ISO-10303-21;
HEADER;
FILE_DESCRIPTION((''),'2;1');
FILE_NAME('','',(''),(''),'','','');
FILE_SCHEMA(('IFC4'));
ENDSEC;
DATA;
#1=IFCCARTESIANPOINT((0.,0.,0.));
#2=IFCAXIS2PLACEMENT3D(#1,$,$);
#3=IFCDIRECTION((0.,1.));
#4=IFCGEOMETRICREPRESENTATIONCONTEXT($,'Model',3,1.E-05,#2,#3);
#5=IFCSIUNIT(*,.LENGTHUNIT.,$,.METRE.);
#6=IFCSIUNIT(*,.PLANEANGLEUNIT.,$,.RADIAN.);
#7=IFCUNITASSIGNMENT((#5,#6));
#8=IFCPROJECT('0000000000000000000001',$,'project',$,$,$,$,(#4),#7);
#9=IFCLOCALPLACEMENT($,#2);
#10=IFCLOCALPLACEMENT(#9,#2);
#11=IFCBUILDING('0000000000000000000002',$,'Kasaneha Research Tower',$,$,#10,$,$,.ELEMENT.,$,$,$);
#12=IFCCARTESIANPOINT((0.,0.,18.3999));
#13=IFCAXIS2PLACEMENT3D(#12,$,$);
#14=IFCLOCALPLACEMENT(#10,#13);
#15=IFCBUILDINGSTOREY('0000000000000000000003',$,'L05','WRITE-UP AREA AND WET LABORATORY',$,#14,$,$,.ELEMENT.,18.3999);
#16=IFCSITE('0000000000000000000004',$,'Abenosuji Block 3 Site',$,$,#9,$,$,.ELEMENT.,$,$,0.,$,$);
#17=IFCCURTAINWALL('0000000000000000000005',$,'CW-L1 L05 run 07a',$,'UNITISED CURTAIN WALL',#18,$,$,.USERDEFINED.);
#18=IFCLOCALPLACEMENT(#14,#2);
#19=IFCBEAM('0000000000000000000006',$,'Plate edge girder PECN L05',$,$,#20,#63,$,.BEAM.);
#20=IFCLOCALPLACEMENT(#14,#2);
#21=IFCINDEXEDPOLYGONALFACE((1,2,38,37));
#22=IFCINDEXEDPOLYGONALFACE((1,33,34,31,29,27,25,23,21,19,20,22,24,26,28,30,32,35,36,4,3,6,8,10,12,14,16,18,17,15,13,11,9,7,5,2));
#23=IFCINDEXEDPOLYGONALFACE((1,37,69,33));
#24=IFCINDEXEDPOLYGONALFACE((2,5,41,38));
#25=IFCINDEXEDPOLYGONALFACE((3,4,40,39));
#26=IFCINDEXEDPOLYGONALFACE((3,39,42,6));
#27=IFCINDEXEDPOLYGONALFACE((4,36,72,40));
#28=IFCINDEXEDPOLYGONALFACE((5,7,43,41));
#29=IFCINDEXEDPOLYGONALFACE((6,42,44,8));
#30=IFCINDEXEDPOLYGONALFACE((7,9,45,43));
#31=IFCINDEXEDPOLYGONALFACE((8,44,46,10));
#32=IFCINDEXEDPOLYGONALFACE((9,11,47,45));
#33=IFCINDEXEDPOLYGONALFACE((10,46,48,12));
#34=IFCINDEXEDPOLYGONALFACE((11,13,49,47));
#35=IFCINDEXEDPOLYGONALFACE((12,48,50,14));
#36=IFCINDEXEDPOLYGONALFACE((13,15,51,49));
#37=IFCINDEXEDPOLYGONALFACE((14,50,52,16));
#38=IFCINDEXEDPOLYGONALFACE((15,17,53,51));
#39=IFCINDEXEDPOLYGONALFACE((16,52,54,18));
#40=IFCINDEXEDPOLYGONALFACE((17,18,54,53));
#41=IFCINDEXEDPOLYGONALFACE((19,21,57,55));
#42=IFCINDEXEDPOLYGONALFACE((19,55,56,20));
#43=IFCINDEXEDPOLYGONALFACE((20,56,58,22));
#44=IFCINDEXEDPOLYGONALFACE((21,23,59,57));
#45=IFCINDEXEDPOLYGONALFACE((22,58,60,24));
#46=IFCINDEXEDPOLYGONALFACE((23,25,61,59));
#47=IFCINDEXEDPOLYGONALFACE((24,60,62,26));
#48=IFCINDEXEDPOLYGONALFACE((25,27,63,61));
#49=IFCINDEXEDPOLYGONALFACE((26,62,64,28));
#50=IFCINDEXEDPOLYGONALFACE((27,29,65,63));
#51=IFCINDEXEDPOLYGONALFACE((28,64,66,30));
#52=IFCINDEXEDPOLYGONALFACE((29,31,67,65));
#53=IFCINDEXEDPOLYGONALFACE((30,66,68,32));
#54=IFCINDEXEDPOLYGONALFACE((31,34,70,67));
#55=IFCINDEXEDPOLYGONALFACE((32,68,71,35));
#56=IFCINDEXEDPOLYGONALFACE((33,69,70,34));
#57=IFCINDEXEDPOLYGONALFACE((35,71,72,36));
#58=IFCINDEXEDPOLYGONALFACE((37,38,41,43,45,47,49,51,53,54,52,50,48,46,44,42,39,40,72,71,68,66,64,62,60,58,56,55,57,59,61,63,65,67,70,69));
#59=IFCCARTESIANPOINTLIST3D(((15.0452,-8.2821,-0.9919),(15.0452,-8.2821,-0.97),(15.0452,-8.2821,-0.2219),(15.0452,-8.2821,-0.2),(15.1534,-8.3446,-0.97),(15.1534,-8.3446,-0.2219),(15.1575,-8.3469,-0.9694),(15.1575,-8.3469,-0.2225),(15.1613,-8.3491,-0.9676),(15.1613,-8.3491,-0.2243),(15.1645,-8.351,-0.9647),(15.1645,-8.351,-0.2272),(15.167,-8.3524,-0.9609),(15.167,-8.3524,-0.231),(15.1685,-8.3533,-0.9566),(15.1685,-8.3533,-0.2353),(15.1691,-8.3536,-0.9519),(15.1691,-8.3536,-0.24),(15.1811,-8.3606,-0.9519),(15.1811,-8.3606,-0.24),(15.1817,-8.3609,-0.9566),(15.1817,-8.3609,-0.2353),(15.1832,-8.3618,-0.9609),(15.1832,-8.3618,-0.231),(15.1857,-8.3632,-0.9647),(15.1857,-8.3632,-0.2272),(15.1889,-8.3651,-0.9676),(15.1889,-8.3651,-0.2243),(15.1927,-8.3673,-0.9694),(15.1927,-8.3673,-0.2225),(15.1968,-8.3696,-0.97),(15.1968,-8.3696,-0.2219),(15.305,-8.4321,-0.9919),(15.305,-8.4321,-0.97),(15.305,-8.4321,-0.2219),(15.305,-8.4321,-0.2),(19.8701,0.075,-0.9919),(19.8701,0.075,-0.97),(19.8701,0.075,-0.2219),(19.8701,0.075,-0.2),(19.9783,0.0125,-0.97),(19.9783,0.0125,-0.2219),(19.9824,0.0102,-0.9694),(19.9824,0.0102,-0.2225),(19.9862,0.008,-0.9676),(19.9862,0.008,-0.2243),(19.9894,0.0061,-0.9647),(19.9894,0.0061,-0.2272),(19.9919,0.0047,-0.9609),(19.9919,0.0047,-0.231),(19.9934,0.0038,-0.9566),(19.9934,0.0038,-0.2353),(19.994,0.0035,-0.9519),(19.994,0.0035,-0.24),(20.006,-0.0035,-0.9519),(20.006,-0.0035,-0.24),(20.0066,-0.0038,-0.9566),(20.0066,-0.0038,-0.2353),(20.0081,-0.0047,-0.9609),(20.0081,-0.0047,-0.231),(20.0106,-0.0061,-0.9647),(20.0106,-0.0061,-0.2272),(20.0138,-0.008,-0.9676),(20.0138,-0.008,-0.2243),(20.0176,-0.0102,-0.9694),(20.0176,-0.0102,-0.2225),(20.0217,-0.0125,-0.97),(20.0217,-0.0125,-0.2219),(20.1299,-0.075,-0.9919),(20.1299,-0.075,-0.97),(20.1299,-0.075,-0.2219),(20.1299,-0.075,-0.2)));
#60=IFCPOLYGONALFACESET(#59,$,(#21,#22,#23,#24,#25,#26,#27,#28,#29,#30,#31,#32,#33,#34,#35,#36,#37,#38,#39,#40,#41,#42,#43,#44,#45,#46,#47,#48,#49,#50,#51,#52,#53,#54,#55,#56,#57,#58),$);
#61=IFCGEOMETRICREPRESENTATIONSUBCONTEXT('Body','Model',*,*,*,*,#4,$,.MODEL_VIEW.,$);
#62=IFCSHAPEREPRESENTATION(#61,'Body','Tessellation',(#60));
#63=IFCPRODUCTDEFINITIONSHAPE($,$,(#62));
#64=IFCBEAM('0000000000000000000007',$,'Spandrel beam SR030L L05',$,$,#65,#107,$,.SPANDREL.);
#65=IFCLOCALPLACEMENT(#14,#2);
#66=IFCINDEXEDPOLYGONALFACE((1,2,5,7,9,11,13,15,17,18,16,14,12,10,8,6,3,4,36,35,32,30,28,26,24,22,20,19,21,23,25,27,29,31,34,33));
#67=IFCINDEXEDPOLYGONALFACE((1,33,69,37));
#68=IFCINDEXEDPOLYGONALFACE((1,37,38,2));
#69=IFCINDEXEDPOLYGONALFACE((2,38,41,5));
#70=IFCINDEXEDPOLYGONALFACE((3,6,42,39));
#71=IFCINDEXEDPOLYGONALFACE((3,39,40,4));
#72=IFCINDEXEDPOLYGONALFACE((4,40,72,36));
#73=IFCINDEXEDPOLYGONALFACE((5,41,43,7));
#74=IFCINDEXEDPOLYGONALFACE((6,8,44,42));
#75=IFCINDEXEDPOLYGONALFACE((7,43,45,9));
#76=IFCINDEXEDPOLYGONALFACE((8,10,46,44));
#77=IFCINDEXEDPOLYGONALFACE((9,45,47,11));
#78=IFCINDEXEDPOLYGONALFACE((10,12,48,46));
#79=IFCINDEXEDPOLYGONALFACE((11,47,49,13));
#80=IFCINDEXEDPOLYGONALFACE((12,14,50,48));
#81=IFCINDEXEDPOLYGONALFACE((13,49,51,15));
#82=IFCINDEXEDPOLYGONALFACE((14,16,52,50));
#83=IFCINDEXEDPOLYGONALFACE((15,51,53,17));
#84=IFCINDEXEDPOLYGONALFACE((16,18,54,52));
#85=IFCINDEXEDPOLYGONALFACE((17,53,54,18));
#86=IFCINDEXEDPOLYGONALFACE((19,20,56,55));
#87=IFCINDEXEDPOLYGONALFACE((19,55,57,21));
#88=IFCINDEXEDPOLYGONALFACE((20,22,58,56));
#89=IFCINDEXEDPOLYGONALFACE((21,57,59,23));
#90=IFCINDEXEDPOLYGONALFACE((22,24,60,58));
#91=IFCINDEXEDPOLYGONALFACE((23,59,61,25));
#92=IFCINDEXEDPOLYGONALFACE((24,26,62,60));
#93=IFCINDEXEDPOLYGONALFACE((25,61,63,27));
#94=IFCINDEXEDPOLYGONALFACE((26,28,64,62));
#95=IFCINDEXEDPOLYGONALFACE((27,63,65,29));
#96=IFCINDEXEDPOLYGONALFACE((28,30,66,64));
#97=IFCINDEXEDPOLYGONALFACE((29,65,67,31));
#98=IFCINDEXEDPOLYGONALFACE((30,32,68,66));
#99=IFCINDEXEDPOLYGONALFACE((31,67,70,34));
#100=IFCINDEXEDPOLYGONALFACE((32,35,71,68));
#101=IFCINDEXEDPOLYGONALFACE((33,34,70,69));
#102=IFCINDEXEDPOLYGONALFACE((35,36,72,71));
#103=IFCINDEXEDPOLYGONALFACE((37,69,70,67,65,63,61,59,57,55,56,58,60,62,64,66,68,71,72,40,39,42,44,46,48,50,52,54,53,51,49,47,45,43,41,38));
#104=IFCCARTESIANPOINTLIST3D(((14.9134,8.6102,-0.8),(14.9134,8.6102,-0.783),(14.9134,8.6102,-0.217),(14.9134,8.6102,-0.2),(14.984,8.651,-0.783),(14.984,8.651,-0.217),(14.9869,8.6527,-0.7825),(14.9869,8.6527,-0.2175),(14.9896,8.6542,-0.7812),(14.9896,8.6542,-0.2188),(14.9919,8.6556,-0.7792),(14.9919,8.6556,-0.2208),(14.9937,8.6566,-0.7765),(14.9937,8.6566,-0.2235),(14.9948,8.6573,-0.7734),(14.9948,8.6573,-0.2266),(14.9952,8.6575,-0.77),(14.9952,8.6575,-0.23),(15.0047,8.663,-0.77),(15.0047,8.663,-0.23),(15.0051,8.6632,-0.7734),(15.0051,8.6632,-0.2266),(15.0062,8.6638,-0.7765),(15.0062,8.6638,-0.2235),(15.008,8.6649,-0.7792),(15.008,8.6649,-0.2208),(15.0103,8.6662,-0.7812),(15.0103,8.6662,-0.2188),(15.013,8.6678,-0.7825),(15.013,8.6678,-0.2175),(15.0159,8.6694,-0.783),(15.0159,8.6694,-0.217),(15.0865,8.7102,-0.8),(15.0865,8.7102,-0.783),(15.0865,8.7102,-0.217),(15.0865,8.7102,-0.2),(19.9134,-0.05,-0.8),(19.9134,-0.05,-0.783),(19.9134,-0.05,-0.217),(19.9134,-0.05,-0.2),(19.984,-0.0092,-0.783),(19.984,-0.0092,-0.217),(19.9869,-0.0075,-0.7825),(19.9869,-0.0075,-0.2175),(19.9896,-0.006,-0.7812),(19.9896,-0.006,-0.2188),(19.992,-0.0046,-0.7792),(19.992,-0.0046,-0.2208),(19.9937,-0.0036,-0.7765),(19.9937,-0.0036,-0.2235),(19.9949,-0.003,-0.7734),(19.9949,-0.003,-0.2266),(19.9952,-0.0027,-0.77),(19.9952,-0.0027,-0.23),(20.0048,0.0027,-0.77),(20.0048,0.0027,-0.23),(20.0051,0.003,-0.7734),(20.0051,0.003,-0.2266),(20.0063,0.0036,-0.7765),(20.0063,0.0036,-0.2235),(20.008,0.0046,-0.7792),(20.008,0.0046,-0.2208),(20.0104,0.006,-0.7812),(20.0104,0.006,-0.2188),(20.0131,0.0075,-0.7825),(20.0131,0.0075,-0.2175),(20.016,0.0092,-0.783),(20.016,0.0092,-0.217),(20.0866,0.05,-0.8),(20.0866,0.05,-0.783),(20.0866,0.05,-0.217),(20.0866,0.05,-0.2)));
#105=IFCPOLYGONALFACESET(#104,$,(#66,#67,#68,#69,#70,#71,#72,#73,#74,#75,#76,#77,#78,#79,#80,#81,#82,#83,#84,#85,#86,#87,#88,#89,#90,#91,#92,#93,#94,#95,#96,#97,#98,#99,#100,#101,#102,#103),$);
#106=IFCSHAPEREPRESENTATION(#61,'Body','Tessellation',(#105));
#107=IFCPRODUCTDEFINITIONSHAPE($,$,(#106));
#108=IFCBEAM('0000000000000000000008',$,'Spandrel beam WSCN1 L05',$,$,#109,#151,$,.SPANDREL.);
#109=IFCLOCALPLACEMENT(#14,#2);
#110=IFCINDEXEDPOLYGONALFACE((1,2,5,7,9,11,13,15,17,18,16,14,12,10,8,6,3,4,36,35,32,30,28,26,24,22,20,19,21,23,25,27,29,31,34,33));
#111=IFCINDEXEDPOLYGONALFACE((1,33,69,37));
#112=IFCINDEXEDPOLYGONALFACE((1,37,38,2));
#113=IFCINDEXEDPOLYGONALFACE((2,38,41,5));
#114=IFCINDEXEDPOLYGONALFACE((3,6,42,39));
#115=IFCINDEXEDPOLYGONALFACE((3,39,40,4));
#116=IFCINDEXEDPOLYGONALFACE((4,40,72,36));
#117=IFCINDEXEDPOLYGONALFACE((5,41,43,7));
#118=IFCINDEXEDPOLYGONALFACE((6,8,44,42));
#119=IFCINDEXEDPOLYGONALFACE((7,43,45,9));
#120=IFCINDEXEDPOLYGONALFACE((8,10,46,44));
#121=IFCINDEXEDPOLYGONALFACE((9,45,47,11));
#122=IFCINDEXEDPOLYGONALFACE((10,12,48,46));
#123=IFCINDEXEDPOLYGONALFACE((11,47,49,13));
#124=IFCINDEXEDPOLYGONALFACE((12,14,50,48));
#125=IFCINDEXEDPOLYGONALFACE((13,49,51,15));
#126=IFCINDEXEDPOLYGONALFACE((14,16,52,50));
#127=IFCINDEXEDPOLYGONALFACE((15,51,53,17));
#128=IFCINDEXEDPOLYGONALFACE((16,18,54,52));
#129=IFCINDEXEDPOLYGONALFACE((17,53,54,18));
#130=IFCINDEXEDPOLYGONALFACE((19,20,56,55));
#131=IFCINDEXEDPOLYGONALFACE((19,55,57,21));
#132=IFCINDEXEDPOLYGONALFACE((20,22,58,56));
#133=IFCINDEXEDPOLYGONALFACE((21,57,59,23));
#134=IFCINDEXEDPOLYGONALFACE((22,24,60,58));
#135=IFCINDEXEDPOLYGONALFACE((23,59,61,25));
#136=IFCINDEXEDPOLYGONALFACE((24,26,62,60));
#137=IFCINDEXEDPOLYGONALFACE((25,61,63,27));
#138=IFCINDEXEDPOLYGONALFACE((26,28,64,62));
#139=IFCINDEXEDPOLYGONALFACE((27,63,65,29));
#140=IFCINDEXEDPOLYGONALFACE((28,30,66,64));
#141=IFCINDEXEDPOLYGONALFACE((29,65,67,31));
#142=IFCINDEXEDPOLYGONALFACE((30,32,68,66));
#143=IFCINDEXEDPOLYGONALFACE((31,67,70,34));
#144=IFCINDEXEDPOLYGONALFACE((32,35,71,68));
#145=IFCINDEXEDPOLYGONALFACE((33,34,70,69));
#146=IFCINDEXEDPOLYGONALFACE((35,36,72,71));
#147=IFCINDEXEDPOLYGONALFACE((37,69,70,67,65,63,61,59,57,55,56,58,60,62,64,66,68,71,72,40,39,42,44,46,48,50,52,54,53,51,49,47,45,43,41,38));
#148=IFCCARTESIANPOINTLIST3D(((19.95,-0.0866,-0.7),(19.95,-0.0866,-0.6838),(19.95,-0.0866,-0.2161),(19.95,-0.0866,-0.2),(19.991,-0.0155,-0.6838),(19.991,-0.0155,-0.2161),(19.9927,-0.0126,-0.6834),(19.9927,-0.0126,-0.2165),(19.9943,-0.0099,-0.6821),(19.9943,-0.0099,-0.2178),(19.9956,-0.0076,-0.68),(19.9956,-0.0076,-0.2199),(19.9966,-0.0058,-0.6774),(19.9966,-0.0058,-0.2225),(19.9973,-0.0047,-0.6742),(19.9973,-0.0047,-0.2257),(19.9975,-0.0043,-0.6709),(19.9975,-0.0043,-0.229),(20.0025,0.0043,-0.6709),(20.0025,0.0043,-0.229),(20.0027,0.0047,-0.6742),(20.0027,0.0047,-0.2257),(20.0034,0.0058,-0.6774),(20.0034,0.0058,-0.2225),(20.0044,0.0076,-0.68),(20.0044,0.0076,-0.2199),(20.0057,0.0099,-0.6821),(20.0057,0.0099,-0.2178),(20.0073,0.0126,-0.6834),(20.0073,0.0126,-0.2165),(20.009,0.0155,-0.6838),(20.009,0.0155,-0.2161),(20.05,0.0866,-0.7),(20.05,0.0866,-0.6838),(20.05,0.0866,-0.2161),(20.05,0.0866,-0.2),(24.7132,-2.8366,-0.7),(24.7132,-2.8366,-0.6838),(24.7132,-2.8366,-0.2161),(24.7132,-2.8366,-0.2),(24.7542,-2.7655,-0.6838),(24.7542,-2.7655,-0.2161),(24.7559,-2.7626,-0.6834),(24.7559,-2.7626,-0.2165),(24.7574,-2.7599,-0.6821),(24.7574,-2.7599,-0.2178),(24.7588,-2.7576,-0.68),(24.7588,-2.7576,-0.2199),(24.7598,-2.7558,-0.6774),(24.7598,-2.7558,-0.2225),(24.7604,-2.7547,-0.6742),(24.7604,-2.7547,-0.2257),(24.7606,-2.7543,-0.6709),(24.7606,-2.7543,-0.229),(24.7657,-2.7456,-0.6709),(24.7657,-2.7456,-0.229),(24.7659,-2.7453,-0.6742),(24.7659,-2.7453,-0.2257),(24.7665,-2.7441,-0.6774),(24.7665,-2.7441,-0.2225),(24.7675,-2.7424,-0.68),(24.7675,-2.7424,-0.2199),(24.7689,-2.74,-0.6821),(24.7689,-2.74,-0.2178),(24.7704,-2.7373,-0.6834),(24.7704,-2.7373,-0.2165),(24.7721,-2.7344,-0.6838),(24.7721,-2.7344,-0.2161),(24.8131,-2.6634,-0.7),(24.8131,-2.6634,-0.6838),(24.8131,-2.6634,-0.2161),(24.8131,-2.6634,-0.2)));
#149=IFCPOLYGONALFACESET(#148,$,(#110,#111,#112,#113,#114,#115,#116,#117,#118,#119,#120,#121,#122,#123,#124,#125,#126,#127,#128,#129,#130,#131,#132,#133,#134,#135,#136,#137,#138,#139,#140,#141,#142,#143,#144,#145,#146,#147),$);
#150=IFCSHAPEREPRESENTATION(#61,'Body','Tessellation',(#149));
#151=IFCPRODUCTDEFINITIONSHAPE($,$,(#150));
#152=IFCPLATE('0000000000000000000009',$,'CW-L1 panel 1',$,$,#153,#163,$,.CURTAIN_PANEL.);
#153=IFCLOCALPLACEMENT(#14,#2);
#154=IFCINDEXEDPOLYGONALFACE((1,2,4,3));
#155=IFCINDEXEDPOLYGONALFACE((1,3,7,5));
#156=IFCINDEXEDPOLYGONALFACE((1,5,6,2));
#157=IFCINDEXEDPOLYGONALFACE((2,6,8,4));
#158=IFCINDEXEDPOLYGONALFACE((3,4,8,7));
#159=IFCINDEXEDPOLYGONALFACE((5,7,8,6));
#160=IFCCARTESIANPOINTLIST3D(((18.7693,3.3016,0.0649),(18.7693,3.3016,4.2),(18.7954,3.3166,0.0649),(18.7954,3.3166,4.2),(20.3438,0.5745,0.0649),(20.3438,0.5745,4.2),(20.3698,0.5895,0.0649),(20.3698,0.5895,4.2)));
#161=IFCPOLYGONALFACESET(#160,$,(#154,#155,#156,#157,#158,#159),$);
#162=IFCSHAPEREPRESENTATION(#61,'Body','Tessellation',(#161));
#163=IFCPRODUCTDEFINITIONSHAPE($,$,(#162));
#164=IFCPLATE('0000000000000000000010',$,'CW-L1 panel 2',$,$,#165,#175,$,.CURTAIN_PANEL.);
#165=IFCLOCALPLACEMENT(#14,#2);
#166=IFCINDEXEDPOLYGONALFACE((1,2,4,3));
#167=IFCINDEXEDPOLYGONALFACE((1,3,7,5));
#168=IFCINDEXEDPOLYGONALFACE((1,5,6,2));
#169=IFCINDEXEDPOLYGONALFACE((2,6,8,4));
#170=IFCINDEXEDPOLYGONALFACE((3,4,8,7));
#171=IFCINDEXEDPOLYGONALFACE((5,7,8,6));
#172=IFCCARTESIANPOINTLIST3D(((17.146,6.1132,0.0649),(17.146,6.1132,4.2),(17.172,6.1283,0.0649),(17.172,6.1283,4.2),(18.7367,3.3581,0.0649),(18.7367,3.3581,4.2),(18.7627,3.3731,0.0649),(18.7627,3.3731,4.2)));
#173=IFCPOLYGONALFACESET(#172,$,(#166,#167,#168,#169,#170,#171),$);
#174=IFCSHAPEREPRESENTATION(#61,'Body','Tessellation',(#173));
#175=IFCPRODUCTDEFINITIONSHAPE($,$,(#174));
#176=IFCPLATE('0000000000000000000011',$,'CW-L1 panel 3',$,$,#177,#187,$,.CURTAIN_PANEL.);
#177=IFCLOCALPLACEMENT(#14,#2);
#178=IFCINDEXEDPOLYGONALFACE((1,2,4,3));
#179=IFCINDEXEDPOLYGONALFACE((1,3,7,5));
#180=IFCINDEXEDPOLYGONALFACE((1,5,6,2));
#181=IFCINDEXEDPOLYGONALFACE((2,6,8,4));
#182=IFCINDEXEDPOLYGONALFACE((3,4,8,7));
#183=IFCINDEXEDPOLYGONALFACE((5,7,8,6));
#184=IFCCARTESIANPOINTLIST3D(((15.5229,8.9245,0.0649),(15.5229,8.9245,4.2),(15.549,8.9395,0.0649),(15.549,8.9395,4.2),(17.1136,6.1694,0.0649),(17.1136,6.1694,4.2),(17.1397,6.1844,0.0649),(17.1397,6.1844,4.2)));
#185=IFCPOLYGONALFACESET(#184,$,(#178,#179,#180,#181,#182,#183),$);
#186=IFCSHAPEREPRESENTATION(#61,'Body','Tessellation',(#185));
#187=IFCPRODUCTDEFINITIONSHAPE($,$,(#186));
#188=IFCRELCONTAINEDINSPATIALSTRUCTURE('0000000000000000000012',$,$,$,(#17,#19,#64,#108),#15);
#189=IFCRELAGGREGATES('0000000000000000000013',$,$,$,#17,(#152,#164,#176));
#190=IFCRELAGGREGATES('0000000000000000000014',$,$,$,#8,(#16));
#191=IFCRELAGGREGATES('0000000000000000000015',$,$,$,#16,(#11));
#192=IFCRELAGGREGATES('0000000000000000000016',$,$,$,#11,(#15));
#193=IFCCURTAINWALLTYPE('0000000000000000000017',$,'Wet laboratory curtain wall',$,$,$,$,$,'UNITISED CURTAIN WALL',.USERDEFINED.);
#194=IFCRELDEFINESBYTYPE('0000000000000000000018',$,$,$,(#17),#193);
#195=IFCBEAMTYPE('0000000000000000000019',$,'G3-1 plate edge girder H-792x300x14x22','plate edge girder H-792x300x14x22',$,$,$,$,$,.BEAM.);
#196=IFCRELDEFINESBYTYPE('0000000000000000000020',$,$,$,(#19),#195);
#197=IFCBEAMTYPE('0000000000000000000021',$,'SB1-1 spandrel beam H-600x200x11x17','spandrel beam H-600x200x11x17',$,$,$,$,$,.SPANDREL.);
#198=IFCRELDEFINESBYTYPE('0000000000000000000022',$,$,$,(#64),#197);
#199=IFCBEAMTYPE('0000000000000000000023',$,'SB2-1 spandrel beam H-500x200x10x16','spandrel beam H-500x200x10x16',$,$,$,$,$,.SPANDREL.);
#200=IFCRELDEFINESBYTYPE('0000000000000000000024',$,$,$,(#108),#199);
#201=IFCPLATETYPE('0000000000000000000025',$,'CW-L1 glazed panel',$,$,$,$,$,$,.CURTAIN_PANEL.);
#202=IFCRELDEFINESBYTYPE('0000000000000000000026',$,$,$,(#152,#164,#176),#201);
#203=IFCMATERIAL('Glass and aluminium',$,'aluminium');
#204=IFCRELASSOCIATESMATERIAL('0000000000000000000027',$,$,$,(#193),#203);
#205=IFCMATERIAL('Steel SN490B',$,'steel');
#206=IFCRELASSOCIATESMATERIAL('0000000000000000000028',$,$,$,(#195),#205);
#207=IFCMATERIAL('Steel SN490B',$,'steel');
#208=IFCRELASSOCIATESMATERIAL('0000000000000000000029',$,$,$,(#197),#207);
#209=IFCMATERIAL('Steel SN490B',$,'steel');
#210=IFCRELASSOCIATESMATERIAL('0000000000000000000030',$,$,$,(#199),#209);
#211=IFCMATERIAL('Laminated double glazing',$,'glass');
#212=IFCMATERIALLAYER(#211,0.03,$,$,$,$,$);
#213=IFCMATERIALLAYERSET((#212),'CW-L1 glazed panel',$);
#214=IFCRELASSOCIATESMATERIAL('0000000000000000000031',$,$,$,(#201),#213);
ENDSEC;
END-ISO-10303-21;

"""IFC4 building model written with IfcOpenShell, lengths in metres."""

from ifc_helpers import new_model, si_unit, direction, frame, origin, origin_2d, place, context, subcontext, project, spatial, rectangle, i_section, extrude, material, layer, layer_set, material_profile, profile_set, type_object, element, aggregate, save


model = new_model("IFC4")

# Units and contexts
model_context = context("Model", 3, precision=1e-05, world=origin(), true_north=direction((0.0, 1.0)))
body_context = subcontext(model_context, "Body", "Model", "MODEL_VIEW")
ifc_project = project(units=[si_unit("LENGTHUNIT", "METRE"), si_unit("PLANEANGLEUNIT", "RADIAN")], contexts=[model_context])

# Site, building, storey
site_placement = place(None, origin())
site = spatial("IfcSite", under=ifc_project, at=site_placement, Name="Abenosuji Block 3 Site", CompositionType="ELEMENT", RefElevation=0.0)
building_placement = place(site_placement, origin())
building = spatial("IfcBuilding", under=site, at=building_placement, Name="Kasaneha Research Tower", CompositionType="ELEMENT")
storey_placement = place(building_placement, frame((0.0, 0.0, 18.3999)))
storey = spatial("IfcBuildingStorey", under=building, at=storey_placement, Name="L05", Description="WRITE-UP AREA AND WET LABORATORY", CompositionType="ELEMENT", Elevation=18.3999)

# Shared definitions
ifc_material_1 = material(Name="Glass and aluminium", Category="aluminium")
curtain_wall_type = type_object("IfcCurtainWallType", Name="Wet laboratory curtain wall", ElementType="UNITISED CURTAIN WALL", PredefinedType="USERDEFINED", material=ifc_material_1)

# Curtain wall
curtain_wall_1_placement = place(storey_placement, origin())
curtain_wall_1 = element("IfcCurtainWall", 1, at=curtain_wall_1_placement, inside=storey, type_object=curtain_wall_type, Name="CW-L1 L05 run 07a", ObjectType="UNITISED CURTAIN WALL", PredefinedType="USERDEFINED")

# Beams
ifc_material_2 = material(Name="Steel SN490B", Category="steel")
ifc_material_profile_1 = material_profile(ifc_material_2, i_section(OverallWidth=0.3, OverallDepth=0.792, WebThickness=0.0139, FlangeThickness=0.022, FilletRadius=0.0181, at=origin_2d()), Name="H-792x300x14x22")
ifc_profile_set_1 = profile_set([ifc_material_profile_1], Name="Steel SN490B")
beam_type_1 = type_object("IfcBeamType", Name="G3-1 plate edge girder H-792x300x14x22", Description="plate edge girder H-792x300x14x22", PredefinedType="BEAM", material=ifc_profile_set_1)
beam_1_placement = place(storey_placement, frame((20.0, 0.0, -0.5959), z_axis=(-0.499995, -0.866028, 0.0), x_axis=(0.866028, -0.499995, 0.0)))
element("IfcBeam", 2, at=beam_1_placement, inside=storey, type_object=beam_type_1, Name="Plate edge girder PECN L05", PredefinedType="BEAM", context=body_context, shape_type="SweptSolid", body=[
    extrude(i_section(OverallWidth=0.3, OverallDepth=0.792, WebThickness=0.0139, FlangeThickness=0.022, FilletRadius=0.0181, at=origin_2d()), origin(), (0.0, 0.0, 1.0), 9.6499),
])
ifc_material_3 = material(Name="Steel SN490B", Category="steel")
ifc_material_profile_2 = material_profile(ifc_material_3, i_section(OverallWidth=0.2, OverallDepth=0.6001, WebThickness=0.011, FlangeThickness=0.0171, FilletRadius=0.0129, at=origin_2d()), Name="H-600x200x11x17")
ifc_profile_set_2 = profile_set([ifc_material_profile_2], Name="Steel SN490B")
beam_type_2 = type_object("IfcBeamType", Name="SB1-1 spandrel beam H-600x200x11x17", Description="spandrel beam H-600x200x11x17", PredefinedType="SPANDREL", material=ifc_profile_set_2)
beam_2_placement = place(storey_placement, frame((20.0, 0.0, -0.5), z_axis=(-0.500004, 0.866023, 0.0), x_axis=(-0.866023, -0.500004, 0.0)))
element("IfcBeam", 3, at=beam_2_placement, inside=storey, type_object=beam_type_2, Name="Spandrel beam SR030L L05", PredefinedType="SPANDREL", context=body_context, shape_type="SweptSolid", body=[
    extrude(i_section(OverallWidth=0.2, OverallDepth=0.6001, WebThickness=0.011, FlangeThickness=0.0171, FilletRadius=0.0129, at=origin_2d()), origin(), (0.0, 0.0, 1.0), 10.0),
])
ifc_material_4 = material(Name="Steel SN490B", Category="steel")
ifc_material_profile_3 = material_profile(ifc_material_4, i_section(OverallWidth=0.2, OverallDepth=0.5, WebThickness=0.01, FlangeThickness=0.0161, FilletRadius=0.0129, at=origin_2d()), Name="H-500x200x10x16")
ifc_profile_set_3 = profile_set([ifc_material_profile_3], Name="Steel SN490B")
beam_type_3 = type_object("IfcBeamType", Name="SB2-1 spandrel beam H-500x200x10x16", Description="spandrel beam H-500x200x10x16", PredefinedType="SPANDREL", material=ifc_profile_set_3)
beam_3_placement = place(storey_placement, frame((20.0, 0.0, -0.45), z_axis=(0.866027, -0.499997, 0.0), x_axis=(0.499997, 0.866027, 0.0)))
element("IfcBeam", 4, at=beam_3_placement, inside=storey, type_object=beam_type_3, Name="Spandrel beam WSCN1 L05", PredefinedType="SPANDREL", context=body_context, shape_type="SweptSolid", body=[
    extrude(i_section(OverallWidth=0.2, OverallDepth=0.5, WebThickness=0.01, FlangeThickness=0.0161, FilletRadius=0.0129, at=origin_2d()), origin(), (0.0, 0.0, 1.0), 5.5),
])

# Plates
ifc_material_5 = material(Name="Laminated double glazing", Category="glass")
ifc_layer_1 = layer(ifc_material_5, 0.03)
ifc_layer_set_1 = layer_set([ifc_layer_1], Name="CW-L1 glazed panel")
plate_type = type_object("IfcPlateType", Name="CW-L1 glazed panel", PredefinedType="CURTAIN_PANEL", material=ifc_layer_set_1)
plate_1_placement = place(storey_placement, frame((19.5696, 1.9456, 0.0649), z_axis=(0.0, 0.0, 1.0), x_axis=(-0.5, 0.866025, 0.0)))
plate_1 = element("IfcPlate", 5, at=plate_1_placement, type_object=plate_type, Name="CW-L1 panel 1", PredefinedType="CURTAIN_PANEL", context=body_context, shape_type="SweptSolid", body=[
    extrude(rectangle(XDim=3.1489, YDim=0.03, at=origin_2d()), origin(), (0.0, 0.0, 1.0), 4.135),
])
plate_2_placement = place(storey_placement, frame((17.9543, 4.7432, 0.0649), z_axis=(0.0, 0.0, 1.0), x_axis=(-0.5, 0.866025, 0.0)))
plate_2 = element("IfcPlate", 6, at=plate_2_placement, type_object=plate_type, Name="CW-L1 panel 2", PredefinedType="CURTAIN_PANEL", context=body_context, shape_type="SweptSolid", body=[
    extrude(rectangle(XDim=3.1814, YDim=0.03, at=origin_2d()), origin(), (0.0, 0.0, 1.0), 4.135),
])
plate_3_placement = place(storey_placement, frame((16.3313, 7.5544, 0.0649), z_axis=(0.0, 0.0, 1.0), x_axis=(-0.5, 0.866025, 0.0)))
plate_3 = element("IfcPlate", 7, at=plate_3_placement, type_object=plate_type, Name="CW-L1 panel 3", PredefinedType="CURTAIN_PANEL", context=body_context, shape_type="SweptSolid", body=[
    extrude(rectangle(XDim=3.1814, YDim=0.03, at=origin_2d()), origin(), (0.0, 0.0, 1.0), 4.135),
])
aggregate(curtain_wall_1, [plate_1, plate_2, plate_3])

save(model, "model.ifc")
